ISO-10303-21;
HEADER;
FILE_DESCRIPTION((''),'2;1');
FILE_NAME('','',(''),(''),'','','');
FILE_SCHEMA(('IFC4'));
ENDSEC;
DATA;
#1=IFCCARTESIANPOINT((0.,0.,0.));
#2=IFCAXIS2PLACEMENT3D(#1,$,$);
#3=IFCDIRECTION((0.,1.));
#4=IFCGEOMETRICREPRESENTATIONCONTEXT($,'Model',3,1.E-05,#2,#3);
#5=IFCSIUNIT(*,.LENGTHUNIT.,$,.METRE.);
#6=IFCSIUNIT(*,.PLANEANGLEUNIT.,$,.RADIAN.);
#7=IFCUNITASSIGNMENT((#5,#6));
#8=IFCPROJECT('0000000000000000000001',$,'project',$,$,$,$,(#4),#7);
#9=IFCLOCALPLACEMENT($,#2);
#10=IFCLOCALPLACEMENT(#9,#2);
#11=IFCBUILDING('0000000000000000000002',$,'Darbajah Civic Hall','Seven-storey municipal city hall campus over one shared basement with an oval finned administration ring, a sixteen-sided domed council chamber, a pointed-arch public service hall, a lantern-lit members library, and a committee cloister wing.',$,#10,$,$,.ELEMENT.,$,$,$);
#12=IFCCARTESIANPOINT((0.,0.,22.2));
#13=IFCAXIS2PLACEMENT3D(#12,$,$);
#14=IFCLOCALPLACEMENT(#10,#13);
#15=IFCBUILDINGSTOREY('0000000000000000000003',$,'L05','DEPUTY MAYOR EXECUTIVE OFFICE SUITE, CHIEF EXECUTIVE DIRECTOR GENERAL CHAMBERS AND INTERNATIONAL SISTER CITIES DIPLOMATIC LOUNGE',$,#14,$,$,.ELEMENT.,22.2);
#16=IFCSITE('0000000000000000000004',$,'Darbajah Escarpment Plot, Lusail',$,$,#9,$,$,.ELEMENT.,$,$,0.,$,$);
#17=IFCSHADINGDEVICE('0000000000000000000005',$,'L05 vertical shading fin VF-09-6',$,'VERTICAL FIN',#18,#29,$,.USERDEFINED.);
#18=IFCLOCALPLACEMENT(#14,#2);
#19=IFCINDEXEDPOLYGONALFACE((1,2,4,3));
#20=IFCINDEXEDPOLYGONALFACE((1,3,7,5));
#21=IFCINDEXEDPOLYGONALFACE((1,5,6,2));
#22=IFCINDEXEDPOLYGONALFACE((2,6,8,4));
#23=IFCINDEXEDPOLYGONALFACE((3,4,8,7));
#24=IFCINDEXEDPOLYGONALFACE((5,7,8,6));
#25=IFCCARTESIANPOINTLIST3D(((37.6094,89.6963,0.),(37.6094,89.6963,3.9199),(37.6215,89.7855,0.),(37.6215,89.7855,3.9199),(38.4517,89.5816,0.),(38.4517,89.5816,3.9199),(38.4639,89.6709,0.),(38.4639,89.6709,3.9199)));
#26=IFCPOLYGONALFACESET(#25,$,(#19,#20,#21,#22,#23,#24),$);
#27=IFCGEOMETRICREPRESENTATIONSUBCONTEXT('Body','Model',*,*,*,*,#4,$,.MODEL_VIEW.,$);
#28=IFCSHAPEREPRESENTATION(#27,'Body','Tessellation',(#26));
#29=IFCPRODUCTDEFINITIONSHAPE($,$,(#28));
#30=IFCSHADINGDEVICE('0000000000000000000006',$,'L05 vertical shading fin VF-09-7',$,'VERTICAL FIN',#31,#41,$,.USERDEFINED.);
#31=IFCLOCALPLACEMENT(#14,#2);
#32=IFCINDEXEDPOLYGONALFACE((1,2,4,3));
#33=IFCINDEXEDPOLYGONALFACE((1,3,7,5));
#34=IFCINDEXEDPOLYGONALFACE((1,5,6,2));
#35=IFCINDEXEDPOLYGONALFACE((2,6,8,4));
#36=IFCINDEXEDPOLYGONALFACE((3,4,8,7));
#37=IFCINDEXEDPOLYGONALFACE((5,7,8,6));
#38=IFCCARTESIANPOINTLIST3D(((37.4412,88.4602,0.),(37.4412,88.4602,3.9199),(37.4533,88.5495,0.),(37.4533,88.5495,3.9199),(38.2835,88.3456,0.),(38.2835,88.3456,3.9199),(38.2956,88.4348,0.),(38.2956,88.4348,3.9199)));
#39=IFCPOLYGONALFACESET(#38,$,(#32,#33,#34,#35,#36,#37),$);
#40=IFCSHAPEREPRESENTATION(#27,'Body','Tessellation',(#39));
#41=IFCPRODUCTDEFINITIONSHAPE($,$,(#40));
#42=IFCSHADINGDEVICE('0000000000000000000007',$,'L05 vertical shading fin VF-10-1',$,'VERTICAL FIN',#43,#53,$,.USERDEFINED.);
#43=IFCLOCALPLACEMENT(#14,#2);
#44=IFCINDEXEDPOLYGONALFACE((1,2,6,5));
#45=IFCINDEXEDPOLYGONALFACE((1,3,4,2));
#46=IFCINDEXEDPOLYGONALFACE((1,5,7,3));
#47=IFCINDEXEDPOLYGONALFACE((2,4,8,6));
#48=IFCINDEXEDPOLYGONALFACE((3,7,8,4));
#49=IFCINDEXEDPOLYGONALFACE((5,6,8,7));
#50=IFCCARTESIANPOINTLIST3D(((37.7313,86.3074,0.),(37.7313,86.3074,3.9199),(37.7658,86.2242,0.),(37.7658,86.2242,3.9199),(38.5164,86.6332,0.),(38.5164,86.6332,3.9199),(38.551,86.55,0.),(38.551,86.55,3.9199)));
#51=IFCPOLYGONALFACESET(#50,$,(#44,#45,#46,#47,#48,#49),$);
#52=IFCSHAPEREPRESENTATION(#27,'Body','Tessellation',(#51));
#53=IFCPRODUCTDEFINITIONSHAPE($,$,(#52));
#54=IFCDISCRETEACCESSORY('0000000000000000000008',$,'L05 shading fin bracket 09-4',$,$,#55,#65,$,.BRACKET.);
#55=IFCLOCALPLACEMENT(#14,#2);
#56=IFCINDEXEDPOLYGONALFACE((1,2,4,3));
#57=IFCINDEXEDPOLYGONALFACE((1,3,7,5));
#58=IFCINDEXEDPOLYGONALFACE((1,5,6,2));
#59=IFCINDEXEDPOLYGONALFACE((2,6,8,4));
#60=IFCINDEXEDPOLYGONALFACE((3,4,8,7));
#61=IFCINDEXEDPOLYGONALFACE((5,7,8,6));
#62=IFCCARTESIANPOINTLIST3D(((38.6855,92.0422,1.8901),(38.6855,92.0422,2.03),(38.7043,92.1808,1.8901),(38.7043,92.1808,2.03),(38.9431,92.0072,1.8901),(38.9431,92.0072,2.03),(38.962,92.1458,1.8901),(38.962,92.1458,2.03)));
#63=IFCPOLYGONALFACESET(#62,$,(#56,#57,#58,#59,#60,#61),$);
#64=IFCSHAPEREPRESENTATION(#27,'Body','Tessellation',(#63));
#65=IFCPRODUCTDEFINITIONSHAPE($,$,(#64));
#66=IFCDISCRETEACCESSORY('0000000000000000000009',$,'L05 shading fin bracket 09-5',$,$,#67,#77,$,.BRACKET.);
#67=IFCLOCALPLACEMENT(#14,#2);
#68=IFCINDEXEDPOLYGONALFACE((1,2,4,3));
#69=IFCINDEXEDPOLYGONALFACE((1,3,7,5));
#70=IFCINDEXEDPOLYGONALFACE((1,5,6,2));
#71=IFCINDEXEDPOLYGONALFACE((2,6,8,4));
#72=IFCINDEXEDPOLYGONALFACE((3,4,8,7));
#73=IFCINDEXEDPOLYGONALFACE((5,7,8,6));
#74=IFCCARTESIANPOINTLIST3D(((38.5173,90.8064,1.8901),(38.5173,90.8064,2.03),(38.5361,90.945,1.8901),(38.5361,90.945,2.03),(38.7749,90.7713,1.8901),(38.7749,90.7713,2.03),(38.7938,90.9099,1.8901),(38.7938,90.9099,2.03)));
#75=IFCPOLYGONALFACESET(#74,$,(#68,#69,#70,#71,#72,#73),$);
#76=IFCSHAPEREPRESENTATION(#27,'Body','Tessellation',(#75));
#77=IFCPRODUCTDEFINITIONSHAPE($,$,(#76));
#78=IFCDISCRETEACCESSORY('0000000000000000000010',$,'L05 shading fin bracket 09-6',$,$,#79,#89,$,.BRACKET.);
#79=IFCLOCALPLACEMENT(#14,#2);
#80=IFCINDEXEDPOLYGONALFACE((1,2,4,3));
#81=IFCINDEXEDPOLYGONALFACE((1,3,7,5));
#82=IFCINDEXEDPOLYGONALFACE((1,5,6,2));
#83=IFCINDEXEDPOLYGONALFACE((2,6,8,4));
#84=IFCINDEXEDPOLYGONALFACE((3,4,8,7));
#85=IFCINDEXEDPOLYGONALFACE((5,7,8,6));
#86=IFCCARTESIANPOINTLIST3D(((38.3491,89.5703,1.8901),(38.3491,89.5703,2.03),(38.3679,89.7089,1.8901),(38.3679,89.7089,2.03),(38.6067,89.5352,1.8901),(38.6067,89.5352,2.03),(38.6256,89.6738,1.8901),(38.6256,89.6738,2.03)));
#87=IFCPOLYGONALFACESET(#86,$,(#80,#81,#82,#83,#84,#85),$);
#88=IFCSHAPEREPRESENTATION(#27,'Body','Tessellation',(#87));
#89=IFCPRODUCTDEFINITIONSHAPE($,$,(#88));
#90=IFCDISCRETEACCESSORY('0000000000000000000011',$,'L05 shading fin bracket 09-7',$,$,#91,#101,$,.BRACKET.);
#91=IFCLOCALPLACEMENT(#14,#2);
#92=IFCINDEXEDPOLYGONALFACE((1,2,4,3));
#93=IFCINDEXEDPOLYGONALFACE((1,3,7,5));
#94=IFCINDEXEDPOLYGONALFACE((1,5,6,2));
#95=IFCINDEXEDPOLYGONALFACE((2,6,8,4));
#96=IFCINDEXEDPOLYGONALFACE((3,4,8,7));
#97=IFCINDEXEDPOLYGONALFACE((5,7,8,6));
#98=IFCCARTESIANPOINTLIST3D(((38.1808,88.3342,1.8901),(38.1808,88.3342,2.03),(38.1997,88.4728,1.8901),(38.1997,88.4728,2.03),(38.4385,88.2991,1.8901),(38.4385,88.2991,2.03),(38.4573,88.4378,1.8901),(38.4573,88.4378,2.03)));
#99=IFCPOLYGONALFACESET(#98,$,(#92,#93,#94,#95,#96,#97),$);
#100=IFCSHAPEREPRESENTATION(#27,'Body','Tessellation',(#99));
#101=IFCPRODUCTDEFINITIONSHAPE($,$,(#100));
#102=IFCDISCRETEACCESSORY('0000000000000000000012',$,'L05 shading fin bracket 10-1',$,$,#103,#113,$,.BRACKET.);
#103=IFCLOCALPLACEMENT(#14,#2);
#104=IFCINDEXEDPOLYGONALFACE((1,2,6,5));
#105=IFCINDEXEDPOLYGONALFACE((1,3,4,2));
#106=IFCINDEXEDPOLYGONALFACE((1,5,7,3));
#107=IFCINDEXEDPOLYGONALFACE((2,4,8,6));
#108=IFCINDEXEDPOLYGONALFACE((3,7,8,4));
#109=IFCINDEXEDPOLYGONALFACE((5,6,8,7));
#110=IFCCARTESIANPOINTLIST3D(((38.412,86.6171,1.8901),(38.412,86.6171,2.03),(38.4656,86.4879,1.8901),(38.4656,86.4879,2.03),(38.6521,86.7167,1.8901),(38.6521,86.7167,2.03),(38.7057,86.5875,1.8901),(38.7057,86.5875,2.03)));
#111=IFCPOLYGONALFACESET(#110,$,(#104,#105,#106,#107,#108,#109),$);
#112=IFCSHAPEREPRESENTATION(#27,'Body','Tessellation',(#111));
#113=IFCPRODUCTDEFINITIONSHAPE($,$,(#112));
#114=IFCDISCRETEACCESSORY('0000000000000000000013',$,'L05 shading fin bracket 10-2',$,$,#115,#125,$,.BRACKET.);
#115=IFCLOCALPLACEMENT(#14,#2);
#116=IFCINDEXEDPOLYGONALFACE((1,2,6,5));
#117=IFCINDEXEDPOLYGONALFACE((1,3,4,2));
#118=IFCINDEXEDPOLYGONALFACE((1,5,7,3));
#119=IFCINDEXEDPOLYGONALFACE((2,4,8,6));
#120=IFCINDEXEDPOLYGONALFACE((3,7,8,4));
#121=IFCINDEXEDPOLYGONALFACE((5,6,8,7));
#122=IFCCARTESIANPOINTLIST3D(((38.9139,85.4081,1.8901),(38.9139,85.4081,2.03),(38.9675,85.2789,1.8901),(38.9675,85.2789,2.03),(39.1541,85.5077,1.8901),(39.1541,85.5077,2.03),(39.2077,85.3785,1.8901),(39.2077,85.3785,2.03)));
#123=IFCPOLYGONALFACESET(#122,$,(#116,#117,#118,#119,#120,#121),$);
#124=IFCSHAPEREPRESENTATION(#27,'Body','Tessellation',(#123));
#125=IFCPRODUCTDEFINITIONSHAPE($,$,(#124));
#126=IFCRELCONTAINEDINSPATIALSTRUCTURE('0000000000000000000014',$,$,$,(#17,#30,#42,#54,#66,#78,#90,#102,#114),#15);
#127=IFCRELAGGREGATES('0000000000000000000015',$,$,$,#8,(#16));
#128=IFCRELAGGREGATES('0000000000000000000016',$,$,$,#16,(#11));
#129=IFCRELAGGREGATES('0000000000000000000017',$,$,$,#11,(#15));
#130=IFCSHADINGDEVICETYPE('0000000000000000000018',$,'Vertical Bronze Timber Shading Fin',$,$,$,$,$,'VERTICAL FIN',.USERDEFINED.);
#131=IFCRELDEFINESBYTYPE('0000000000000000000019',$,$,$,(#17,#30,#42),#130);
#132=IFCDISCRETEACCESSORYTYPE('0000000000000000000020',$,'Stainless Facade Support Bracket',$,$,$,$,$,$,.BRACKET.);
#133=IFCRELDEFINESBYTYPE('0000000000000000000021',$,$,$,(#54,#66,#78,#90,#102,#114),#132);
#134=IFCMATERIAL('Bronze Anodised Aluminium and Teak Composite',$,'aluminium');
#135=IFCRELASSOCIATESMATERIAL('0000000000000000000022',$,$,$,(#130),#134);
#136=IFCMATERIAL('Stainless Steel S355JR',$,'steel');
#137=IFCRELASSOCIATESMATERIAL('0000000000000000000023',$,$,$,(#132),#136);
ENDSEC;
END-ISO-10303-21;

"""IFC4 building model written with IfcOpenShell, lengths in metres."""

from ifc_helpers import new_model, si_unit, direction, frame, origin, origin_2d, place, context, subcontext, project, spatial, rectangle, extrude, material, type_object, element, save


model = new_model("IFC4")

# Units and contexts
model_context = context("Model", 3, precision=1e-05, world=origin(), true_north=direction((0.0, 1.0)))
body_context = subcontext(model_context, "Body", "Model", "MODEL_VIEW")
ifc_project = project(units=[si_unit("LENGTHUNIT", "METRE"), si_unit("PLANEANGLEUNIT", "RADIAN")], contexts=[model_context])

# Site, building, storey
site_placement = place(None, origin())
site = spatial("IfcSite", under=ifc_project, at=site_placement, Name="Darbajah Escarpment Plot, Lusail", CompositionType="ELEMENT", RefElevation=0.0)
building_placement = place(site_placement, origin())
building = spatial("IfcBuilding", under=site, at=building_placement, Name="Darbajah Civic Hall", Description="Seven-storey municipal city hall campus over one shared basement with an oval finned administration ring, a sixteen-sided domed council chamber, a pointed-arch public service hall, a lantern-lit members library, and a committee cloister wing.", CompositionType="ELEMENT")
storey_placement = place(building_placement, frame((0.0, 0.0, 22.2)))
storey = spatial("IfcBuildingStorey", under=building, at=storey_placement, Name="L05", Description="DEPUTY MAYOR EXECUTIVE OFFICE SUITE, CHIEF EXECUTIVE DIRECTOR GENERAL CHAMBERS AND INTERNATIONAL SISTER CITIES DIPLOMATIC LOUNGE", CompositionType="ELEMENT", Elevation=22.2)

# Shading devices
ifc_material_1 = material(Name="Bronze Anodised Aluminium and Teak Composite", Category="aluminium")
shading_device_type = type_object("IfcShadingDeviceType", Name="Vertical Bronze Timber Shading Fin", ElementType="VERTICAL FIN", PredefinedType="USERDEFINED", material=ifc_material_1)
for number, where, z_axis, x_axis, name in (
    (1, (38.0366, 89.6836, 0.0), (0.0, 0.0, 1.0), (-0.990866, 0.134851, 0.0), "L05 vertical shading fin VF-09-6"),
    (2, (37.8684, 88.4475, 0.0), (0.0, 0.0, 1.0), (-0.990866, 0.134851, 0.0), "L05 vertical shading fin VF-09-7"),
    (3, (38.1411, 86.4287, 0.0), (0.0, 0.0, 1.0), (-0.923612, -0.383328, 0.0), "L05 vertical shading fin VF-10-1"),
):
    element("IfcShadingDevice", number, at=place(storey_placement, frame(where, z_axis=z_axis, x_axis=x_axis)), inside=storey, type_object=shading_device_type, Name=name, ObjectType="VERTICAL FIN", PredefinedType="USERDEFINED", context=body_context, shape_type="SweptSolid", body=[
        extrude(rectangle(XDim=0.8501, YDim=0.0901, at=origin_2d()), origin(), (0.0, 0.0, 1.0), 3.9199),
    ])

# Discrete accessories
ifc_material_2 = material(Name="Stainless Steel S355JR", Category="steel")
discrete_accessory_type = type_object("IfcDiscreteAccessoryType", Name="Stainless Facade Support Bracket", PredefinedType="BRACKET", material=ifc_material_2)
for number, where, z_axis, x_axis, name in (
    (4, (38.8237, 92.094, 1.8901), (0.0, 0.0, 1.0), (-0.990866, 0.134851, 0.0), "L05 shading fin bracket 09-4"),
    (5, (38.6555, 90.8582, 1.8901), (0.0, 0.0, 1.0), (-0.990866, 0.134851, 0.0), "L05 shading fin bracket 09-5"),
    (6, (38.4873, 89.6221, 1.8901), (0.0, 0.0, 1.0), (-0.990866, 0.134851, 0.0), "L05 shading fin bracket 09-6"),
    (7, (38.3191, 88.386, 1.8901), (0.0, 0.0, 1.0), (-0.990866, 0.134851, 0.0), "L05 shading fin bracket 09-7"),
    (8, (38.5588, 86.6023, 1.8901), (0.0, 0.0, 1.0), (-0.923612, -0.383328, 0.0), "L05 shading fin bracket 10-1"),
    (9, (39.0608, 85.3933, 1.8901), (0.0, 0.0, 1.0), (-0.923612, -0.383328, 0.0), "L05 shading fin bracket 10-2"),
):
    element("IfcDiscreteAccessory", number, at=place(storey_placement, frame(where, z_axis=z_axis, x_axis=x_axis)), inside=storey, type_object=discrete_accessory_type, Name=name, PredefinedType="BRACKET", context=body_context, shape_type="SweptSolid", body=[
        extrude(rectangle(XDim=0.26, YDim=0.1399, at=origin_2d()), origin(), (0.0, 0.0, 1.0), 0.1399),
    ])

save(model, "model.ifc")
